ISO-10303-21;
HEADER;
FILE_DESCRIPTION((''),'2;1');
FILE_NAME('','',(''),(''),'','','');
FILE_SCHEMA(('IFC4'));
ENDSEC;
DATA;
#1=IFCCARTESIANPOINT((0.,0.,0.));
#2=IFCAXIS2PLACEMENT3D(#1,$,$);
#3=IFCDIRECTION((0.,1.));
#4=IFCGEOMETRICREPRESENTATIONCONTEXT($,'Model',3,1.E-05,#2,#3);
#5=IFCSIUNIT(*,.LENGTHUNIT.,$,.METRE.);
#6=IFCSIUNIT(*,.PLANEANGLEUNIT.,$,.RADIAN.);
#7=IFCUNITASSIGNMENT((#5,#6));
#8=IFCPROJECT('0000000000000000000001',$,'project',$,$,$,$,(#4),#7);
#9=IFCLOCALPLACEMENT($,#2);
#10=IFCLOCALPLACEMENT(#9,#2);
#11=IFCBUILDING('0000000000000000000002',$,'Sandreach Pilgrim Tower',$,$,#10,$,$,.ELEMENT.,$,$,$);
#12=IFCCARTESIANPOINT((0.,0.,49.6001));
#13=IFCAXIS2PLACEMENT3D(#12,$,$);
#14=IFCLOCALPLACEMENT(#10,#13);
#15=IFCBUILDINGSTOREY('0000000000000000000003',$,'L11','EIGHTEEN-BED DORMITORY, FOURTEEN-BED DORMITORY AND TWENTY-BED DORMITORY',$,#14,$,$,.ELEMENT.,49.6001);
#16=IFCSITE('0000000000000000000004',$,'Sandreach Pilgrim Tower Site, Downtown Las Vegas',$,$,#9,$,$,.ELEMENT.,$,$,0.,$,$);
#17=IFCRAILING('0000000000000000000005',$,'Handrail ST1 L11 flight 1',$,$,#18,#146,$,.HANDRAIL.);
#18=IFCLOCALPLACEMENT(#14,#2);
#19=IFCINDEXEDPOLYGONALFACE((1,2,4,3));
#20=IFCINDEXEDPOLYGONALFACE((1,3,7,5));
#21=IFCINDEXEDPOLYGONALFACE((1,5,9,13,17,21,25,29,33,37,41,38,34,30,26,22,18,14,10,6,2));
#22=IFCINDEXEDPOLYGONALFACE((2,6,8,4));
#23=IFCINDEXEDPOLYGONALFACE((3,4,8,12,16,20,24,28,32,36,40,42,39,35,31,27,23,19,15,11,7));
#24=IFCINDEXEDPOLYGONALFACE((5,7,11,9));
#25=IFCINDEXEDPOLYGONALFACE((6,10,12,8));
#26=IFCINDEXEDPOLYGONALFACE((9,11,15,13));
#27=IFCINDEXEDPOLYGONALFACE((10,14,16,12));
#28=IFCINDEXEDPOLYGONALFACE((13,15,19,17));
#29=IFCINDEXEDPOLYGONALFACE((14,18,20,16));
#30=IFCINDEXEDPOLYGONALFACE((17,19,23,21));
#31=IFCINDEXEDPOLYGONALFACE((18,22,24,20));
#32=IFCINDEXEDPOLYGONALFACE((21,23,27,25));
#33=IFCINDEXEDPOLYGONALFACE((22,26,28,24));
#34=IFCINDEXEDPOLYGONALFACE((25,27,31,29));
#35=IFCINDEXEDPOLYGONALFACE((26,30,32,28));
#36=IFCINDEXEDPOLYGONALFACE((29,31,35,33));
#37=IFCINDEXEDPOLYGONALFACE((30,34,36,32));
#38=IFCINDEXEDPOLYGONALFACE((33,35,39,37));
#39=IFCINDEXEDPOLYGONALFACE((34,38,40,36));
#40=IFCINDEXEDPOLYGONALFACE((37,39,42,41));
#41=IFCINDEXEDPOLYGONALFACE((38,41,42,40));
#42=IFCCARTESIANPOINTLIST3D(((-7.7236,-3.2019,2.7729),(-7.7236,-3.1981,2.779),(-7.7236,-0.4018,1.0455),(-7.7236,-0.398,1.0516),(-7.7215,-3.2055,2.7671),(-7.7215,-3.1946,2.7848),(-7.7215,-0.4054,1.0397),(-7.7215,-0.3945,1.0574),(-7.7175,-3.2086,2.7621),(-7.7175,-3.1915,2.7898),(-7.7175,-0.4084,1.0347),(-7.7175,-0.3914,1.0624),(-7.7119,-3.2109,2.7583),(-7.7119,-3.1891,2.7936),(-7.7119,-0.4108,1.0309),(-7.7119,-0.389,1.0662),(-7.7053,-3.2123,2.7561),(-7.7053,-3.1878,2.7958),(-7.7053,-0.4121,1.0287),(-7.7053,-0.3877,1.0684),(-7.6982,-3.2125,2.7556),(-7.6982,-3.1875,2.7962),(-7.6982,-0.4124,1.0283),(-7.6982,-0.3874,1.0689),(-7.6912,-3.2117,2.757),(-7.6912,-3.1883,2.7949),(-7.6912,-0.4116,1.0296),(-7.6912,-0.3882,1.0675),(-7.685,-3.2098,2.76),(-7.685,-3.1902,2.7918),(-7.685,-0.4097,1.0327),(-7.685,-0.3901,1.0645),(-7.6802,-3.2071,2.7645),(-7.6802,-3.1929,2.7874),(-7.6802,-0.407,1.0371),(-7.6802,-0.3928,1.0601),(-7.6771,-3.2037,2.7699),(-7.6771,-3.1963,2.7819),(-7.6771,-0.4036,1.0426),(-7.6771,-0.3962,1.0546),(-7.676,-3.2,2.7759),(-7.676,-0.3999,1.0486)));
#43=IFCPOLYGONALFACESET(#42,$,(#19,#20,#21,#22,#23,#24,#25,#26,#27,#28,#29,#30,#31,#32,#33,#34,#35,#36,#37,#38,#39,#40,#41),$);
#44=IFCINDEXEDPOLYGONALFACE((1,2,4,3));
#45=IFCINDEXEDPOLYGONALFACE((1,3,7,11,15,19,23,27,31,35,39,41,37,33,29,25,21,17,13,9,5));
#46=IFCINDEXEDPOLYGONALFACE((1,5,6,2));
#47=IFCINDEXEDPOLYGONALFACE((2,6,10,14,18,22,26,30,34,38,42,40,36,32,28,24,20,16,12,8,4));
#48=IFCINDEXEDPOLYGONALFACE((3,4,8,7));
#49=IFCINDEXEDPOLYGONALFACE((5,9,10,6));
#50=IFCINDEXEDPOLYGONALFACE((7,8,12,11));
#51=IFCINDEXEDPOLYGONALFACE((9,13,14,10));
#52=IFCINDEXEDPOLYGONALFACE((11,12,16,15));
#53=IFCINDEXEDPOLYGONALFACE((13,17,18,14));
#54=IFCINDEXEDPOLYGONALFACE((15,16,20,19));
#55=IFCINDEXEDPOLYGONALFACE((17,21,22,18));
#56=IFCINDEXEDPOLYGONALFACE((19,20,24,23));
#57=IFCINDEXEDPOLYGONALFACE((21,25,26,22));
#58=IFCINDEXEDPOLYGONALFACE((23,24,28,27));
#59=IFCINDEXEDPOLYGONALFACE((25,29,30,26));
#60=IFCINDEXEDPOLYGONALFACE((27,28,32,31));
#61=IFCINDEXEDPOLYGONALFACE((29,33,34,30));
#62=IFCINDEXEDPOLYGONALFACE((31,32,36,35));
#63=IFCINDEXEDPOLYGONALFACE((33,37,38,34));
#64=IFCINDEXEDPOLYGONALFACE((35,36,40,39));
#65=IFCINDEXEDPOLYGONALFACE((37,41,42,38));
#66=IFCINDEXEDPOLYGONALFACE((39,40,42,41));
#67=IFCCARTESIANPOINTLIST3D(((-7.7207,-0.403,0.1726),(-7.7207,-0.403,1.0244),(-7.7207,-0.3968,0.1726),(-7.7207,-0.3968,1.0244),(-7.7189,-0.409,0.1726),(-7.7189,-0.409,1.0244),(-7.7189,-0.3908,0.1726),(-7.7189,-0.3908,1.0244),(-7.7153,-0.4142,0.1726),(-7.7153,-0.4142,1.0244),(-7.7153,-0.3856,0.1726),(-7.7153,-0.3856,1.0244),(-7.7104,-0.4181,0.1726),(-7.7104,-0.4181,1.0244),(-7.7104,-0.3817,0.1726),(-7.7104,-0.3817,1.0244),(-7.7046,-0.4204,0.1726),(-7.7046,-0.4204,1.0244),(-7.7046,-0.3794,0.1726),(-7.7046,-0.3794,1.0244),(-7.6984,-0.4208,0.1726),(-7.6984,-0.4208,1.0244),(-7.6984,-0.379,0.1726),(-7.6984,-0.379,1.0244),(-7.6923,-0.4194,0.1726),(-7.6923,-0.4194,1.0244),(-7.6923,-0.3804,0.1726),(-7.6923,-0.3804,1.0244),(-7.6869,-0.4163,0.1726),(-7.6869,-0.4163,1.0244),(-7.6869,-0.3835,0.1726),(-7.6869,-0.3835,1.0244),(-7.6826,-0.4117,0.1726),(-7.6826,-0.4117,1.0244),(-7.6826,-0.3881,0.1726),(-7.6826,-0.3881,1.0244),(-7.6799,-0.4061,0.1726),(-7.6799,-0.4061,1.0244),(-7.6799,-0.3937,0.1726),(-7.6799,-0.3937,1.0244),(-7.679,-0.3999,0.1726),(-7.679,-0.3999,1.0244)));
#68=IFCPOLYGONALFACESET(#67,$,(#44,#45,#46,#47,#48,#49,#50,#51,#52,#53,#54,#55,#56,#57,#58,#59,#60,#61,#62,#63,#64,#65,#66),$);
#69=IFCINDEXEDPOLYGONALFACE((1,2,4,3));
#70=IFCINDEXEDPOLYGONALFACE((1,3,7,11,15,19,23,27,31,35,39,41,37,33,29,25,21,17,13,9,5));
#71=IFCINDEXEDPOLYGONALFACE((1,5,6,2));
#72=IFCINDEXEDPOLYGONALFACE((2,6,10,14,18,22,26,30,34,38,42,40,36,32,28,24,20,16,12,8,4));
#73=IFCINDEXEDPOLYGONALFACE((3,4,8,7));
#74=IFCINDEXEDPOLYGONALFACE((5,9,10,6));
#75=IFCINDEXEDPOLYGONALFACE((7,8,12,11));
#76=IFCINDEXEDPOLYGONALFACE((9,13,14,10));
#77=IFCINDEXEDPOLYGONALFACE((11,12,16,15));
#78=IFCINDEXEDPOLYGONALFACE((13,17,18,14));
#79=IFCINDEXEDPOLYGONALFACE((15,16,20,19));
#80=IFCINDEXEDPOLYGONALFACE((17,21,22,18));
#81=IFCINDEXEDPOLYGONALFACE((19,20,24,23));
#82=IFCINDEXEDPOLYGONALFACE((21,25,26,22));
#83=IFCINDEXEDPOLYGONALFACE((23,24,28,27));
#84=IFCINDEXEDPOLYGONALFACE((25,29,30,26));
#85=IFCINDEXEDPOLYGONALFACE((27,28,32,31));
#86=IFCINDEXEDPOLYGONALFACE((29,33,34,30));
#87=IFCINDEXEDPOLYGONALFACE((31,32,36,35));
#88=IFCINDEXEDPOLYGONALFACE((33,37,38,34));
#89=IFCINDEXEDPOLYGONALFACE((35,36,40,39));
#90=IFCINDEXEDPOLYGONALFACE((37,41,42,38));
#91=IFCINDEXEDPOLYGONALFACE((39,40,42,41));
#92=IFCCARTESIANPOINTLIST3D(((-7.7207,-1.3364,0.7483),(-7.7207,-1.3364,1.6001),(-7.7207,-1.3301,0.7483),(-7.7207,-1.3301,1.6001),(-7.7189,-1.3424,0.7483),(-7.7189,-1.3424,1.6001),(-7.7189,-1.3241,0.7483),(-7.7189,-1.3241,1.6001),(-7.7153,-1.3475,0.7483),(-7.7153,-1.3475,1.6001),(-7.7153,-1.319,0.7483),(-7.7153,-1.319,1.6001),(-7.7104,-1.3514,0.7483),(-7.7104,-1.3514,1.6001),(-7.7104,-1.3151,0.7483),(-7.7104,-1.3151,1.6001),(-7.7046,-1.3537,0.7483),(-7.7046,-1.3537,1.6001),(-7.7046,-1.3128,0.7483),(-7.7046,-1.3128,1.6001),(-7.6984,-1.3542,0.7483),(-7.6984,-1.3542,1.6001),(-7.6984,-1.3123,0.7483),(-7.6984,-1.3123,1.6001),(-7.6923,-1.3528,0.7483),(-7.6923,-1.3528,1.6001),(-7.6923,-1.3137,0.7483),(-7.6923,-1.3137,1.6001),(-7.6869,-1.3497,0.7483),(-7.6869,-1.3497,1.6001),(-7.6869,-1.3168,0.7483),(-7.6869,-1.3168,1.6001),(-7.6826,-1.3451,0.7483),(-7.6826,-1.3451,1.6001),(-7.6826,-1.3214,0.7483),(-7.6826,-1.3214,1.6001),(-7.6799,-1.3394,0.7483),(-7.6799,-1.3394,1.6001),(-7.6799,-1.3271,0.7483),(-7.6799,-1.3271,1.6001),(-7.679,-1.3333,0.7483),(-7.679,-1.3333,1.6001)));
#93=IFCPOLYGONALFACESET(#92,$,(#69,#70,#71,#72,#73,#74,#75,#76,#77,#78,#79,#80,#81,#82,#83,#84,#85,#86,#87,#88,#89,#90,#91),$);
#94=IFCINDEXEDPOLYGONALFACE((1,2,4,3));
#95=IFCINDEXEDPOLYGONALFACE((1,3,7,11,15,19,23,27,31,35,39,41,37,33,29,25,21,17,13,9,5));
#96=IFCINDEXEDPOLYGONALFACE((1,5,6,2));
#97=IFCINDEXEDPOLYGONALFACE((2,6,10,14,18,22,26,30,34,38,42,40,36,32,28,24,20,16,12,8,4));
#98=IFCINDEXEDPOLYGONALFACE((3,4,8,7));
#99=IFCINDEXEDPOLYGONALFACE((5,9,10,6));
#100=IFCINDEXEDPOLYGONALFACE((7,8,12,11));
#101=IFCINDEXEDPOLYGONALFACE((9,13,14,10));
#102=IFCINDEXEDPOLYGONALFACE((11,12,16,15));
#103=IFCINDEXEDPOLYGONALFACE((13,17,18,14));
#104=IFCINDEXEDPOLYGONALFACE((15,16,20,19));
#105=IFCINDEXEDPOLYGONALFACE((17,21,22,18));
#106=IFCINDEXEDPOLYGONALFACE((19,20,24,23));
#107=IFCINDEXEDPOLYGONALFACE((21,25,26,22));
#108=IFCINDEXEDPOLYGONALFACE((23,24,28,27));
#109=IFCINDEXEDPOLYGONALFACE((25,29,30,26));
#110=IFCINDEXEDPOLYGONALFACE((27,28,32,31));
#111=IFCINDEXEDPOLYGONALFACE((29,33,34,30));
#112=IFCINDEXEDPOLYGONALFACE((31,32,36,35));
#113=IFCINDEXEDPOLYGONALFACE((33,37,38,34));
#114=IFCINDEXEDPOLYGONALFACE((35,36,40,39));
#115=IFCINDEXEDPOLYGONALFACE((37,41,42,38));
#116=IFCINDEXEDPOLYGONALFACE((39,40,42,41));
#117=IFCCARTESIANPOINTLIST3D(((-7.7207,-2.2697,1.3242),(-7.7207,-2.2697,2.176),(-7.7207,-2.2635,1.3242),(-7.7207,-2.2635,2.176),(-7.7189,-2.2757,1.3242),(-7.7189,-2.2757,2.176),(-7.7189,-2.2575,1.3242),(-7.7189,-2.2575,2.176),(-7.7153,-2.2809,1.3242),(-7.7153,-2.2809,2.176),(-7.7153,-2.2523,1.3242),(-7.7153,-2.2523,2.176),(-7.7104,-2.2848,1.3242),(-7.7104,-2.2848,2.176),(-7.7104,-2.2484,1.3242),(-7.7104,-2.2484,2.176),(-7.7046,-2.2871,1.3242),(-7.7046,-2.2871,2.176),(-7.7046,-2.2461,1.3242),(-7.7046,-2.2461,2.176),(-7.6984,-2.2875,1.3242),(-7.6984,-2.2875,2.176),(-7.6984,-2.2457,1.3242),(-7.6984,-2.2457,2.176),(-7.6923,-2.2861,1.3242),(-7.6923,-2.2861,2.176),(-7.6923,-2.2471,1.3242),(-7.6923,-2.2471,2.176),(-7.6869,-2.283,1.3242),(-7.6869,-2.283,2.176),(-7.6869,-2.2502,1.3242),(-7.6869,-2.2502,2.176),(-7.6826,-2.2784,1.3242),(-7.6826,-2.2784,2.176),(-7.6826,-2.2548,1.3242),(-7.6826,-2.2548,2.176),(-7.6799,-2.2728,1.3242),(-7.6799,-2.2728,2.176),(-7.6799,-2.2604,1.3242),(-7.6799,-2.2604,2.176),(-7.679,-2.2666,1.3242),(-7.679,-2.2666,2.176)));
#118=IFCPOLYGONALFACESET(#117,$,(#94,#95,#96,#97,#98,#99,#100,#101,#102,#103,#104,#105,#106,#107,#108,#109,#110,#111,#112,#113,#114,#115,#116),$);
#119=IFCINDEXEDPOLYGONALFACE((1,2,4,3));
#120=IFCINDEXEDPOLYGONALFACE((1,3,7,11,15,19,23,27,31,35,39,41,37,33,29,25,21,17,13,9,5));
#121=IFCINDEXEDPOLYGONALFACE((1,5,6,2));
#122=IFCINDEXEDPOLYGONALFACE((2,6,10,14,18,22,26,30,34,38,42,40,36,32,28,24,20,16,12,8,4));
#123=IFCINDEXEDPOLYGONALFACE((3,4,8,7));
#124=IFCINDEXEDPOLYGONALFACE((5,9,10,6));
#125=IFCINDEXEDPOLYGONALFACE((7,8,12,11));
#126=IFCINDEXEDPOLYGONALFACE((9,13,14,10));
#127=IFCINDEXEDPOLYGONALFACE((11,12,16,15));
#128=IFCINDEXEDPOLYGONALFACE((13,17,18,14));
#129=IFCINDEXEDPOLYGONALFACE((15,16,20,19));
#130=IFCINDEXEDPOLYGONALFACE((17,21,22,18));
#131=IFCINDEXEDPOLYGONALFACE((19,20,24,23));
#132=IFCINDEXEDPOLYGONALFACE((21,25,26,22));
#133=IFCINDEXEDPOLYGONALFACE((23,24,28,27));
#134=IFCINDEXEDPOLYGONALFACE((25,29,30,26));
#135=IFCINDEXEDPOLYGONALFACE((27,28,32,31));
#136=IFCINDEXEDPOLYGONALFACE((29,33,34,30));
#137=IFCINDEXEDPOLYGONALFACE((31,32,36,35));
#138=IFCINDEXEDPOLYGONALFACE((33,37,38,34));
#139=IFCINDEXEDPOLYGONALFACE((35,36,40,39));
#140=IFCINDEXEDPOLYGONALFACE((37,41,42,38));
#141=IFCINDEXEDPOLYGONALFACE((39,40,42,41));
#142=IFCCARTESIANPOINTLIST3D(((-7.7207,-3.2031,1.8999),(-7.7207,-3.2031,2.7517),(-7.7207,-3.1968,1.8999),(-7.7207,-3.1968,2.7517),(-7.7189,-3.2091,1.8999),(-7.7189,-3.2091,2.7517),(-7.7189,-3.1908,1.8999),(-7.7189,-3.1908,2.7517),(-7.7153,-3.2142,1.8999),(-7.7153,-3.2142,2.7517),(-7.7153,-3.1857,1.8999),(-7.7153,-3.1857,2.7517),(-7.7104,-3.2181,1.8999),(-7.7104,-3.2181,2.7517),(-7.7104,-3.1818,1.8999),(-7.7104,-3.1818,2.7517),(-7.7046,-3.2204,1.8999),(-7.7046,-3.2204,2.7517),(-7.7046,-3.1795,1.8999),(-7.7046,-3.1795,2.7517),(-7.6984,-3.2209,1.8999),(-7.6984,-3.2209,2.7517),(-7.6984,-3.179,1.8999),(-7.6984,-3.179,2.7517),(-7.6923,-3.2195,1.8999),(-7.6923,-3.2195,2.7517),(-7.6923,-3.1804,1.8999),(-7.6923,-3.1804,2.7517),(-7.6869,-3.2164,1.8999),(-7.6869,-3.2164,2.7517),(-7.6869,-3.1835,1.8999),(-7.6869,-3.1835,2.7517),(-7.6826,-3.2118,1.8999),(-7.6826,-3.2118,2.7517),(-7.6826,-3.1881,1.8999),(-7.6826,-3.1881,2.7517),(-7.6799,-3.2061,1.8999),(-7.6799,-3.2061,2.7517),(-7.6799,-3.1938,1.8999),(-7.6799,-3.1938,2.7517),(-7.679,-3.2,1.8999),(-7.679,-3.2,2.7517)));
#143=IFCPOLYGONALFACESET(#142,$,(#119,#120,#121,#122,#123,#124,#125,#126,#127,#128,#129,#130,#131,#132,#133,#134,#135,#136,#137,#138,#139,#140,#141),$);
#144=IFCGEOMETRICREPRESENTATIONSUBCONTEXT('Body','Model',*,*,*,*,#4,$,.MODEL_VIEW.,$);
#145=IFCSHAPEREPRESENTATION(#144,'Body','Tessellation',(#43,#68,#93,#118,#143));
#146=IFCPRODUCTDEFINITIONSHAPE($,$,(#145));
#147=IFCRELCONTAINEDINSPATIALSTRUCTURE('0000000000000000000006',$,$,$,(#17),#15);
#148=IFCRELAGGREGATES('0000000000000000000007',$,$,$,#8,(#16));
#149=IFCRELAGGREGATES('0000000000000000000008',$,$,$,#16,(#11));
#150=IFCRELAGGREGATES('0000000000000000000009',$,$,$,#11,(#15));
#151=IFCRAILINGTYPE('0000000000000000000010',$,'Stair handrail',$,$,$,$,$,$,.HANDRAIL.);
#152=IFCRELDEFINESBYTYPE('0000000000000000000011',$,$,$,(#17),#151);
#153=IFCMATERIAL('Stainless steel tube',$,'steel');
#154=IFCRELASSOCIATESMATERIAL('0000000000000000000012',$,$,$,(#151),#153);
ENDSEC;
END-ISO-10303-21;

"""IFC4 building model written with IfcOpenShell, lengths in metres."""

from ifc_helpers import new_model, si_unit, direction, frame, origin, origin_2d, place, context, subcontext, project, spatial, circle, extrude, material, type_object, element, save


model = new_model("IFC4")

# Units and contexts
model_context = context("Model", 3, precision=1e-05, world=origin(), true_north=direction((0.0, 1.0)))
body_context = subcontext(model_context, "Body", "Model", "MODEL_VIEW")
ifc_project = project(units=[si_unit("LENGTHUNIT", "METRE"), si_unit("PLANEANGLEUNIT", "RADIAN")], contexts=[model_context])

# Site, building, storey
site_placement = place(None, origin())
site = spatial("IfcSite", under=ifc_project, at=site_placement, Name="Sandreach Pilgrim Tower Site, Downtown Las Vegas", CompositionType="ELEMENT", RefElevation=0.0)
building_placement = place(site_placement, origin())
building = spatial("IfcBuilding", under=site, at=building_placement, Name="Sandreach Pilgrim Tower", CompositionType="ELEMENT")
storey_placement = place(building_placement, frame((0.0, 0.0, 49.6001)))
storey = spatial("IfcBuildingStorey", under=building, at=storey_placement, Name="L11", Description="EIGHTEEN-BED DORMITORY, FOURTEEN-BED DORMITORY AND TWENTY-BED DORMITORY", CompositionType="ELEMENT", Elevation=49.6001)

# Railing
ifc_material_1 = material(Name="Stainless steel tube", Category="steel")
railing_type = type_object("IfcRailingType", Name="Stair handrail", PredefinedType="HANDRAIL", material=ifc_material_1)
railing_placement = place(storey_placement, frame((-7.7, -0.3999, 0.1726)))
element("IfcRailing", 1, at=railing_placement, inside=storey, type_object=railing_type, Name="Handrail ST1 L11 flight 1", PredefinedType="HANDRAIL", context=body_context, shape_type="SweptSolid", body=[
    extrude(circle(Radius=0.0239, at=origin_2d()), frame((0.0, 0.0, 0.876), z_axis=(0.0, -0.85109, 0.52502), x_axis=(1.0, 0.0, 0.0)), (0.0, 0.0, 1.0), 3.29),
    extrude(circle(Radius=0.021, at=origin_2d()), origin(), (0.0, 0.0, 1.0), 0.8518),
    extrude(circle(Radius=0.021, at=origin_2d()), frame((0.0, -0.9333, 0.5757)), (0.0, 0.0, 1.0), 0.8518),
    extrude(circle(Radius=0.021, at=origin_2d()), frame((0.0, -1.8667, 1.1516)), (0.0, 0.0, 1.0), 0.8518),
    extrude(circle(Radius=0.021, at=origin_2d()), frame((0.0, -2.8, 1.7273)), (0.0, 0.0, 1.0), 0.8518),
])

save(model, "model.ifc")
